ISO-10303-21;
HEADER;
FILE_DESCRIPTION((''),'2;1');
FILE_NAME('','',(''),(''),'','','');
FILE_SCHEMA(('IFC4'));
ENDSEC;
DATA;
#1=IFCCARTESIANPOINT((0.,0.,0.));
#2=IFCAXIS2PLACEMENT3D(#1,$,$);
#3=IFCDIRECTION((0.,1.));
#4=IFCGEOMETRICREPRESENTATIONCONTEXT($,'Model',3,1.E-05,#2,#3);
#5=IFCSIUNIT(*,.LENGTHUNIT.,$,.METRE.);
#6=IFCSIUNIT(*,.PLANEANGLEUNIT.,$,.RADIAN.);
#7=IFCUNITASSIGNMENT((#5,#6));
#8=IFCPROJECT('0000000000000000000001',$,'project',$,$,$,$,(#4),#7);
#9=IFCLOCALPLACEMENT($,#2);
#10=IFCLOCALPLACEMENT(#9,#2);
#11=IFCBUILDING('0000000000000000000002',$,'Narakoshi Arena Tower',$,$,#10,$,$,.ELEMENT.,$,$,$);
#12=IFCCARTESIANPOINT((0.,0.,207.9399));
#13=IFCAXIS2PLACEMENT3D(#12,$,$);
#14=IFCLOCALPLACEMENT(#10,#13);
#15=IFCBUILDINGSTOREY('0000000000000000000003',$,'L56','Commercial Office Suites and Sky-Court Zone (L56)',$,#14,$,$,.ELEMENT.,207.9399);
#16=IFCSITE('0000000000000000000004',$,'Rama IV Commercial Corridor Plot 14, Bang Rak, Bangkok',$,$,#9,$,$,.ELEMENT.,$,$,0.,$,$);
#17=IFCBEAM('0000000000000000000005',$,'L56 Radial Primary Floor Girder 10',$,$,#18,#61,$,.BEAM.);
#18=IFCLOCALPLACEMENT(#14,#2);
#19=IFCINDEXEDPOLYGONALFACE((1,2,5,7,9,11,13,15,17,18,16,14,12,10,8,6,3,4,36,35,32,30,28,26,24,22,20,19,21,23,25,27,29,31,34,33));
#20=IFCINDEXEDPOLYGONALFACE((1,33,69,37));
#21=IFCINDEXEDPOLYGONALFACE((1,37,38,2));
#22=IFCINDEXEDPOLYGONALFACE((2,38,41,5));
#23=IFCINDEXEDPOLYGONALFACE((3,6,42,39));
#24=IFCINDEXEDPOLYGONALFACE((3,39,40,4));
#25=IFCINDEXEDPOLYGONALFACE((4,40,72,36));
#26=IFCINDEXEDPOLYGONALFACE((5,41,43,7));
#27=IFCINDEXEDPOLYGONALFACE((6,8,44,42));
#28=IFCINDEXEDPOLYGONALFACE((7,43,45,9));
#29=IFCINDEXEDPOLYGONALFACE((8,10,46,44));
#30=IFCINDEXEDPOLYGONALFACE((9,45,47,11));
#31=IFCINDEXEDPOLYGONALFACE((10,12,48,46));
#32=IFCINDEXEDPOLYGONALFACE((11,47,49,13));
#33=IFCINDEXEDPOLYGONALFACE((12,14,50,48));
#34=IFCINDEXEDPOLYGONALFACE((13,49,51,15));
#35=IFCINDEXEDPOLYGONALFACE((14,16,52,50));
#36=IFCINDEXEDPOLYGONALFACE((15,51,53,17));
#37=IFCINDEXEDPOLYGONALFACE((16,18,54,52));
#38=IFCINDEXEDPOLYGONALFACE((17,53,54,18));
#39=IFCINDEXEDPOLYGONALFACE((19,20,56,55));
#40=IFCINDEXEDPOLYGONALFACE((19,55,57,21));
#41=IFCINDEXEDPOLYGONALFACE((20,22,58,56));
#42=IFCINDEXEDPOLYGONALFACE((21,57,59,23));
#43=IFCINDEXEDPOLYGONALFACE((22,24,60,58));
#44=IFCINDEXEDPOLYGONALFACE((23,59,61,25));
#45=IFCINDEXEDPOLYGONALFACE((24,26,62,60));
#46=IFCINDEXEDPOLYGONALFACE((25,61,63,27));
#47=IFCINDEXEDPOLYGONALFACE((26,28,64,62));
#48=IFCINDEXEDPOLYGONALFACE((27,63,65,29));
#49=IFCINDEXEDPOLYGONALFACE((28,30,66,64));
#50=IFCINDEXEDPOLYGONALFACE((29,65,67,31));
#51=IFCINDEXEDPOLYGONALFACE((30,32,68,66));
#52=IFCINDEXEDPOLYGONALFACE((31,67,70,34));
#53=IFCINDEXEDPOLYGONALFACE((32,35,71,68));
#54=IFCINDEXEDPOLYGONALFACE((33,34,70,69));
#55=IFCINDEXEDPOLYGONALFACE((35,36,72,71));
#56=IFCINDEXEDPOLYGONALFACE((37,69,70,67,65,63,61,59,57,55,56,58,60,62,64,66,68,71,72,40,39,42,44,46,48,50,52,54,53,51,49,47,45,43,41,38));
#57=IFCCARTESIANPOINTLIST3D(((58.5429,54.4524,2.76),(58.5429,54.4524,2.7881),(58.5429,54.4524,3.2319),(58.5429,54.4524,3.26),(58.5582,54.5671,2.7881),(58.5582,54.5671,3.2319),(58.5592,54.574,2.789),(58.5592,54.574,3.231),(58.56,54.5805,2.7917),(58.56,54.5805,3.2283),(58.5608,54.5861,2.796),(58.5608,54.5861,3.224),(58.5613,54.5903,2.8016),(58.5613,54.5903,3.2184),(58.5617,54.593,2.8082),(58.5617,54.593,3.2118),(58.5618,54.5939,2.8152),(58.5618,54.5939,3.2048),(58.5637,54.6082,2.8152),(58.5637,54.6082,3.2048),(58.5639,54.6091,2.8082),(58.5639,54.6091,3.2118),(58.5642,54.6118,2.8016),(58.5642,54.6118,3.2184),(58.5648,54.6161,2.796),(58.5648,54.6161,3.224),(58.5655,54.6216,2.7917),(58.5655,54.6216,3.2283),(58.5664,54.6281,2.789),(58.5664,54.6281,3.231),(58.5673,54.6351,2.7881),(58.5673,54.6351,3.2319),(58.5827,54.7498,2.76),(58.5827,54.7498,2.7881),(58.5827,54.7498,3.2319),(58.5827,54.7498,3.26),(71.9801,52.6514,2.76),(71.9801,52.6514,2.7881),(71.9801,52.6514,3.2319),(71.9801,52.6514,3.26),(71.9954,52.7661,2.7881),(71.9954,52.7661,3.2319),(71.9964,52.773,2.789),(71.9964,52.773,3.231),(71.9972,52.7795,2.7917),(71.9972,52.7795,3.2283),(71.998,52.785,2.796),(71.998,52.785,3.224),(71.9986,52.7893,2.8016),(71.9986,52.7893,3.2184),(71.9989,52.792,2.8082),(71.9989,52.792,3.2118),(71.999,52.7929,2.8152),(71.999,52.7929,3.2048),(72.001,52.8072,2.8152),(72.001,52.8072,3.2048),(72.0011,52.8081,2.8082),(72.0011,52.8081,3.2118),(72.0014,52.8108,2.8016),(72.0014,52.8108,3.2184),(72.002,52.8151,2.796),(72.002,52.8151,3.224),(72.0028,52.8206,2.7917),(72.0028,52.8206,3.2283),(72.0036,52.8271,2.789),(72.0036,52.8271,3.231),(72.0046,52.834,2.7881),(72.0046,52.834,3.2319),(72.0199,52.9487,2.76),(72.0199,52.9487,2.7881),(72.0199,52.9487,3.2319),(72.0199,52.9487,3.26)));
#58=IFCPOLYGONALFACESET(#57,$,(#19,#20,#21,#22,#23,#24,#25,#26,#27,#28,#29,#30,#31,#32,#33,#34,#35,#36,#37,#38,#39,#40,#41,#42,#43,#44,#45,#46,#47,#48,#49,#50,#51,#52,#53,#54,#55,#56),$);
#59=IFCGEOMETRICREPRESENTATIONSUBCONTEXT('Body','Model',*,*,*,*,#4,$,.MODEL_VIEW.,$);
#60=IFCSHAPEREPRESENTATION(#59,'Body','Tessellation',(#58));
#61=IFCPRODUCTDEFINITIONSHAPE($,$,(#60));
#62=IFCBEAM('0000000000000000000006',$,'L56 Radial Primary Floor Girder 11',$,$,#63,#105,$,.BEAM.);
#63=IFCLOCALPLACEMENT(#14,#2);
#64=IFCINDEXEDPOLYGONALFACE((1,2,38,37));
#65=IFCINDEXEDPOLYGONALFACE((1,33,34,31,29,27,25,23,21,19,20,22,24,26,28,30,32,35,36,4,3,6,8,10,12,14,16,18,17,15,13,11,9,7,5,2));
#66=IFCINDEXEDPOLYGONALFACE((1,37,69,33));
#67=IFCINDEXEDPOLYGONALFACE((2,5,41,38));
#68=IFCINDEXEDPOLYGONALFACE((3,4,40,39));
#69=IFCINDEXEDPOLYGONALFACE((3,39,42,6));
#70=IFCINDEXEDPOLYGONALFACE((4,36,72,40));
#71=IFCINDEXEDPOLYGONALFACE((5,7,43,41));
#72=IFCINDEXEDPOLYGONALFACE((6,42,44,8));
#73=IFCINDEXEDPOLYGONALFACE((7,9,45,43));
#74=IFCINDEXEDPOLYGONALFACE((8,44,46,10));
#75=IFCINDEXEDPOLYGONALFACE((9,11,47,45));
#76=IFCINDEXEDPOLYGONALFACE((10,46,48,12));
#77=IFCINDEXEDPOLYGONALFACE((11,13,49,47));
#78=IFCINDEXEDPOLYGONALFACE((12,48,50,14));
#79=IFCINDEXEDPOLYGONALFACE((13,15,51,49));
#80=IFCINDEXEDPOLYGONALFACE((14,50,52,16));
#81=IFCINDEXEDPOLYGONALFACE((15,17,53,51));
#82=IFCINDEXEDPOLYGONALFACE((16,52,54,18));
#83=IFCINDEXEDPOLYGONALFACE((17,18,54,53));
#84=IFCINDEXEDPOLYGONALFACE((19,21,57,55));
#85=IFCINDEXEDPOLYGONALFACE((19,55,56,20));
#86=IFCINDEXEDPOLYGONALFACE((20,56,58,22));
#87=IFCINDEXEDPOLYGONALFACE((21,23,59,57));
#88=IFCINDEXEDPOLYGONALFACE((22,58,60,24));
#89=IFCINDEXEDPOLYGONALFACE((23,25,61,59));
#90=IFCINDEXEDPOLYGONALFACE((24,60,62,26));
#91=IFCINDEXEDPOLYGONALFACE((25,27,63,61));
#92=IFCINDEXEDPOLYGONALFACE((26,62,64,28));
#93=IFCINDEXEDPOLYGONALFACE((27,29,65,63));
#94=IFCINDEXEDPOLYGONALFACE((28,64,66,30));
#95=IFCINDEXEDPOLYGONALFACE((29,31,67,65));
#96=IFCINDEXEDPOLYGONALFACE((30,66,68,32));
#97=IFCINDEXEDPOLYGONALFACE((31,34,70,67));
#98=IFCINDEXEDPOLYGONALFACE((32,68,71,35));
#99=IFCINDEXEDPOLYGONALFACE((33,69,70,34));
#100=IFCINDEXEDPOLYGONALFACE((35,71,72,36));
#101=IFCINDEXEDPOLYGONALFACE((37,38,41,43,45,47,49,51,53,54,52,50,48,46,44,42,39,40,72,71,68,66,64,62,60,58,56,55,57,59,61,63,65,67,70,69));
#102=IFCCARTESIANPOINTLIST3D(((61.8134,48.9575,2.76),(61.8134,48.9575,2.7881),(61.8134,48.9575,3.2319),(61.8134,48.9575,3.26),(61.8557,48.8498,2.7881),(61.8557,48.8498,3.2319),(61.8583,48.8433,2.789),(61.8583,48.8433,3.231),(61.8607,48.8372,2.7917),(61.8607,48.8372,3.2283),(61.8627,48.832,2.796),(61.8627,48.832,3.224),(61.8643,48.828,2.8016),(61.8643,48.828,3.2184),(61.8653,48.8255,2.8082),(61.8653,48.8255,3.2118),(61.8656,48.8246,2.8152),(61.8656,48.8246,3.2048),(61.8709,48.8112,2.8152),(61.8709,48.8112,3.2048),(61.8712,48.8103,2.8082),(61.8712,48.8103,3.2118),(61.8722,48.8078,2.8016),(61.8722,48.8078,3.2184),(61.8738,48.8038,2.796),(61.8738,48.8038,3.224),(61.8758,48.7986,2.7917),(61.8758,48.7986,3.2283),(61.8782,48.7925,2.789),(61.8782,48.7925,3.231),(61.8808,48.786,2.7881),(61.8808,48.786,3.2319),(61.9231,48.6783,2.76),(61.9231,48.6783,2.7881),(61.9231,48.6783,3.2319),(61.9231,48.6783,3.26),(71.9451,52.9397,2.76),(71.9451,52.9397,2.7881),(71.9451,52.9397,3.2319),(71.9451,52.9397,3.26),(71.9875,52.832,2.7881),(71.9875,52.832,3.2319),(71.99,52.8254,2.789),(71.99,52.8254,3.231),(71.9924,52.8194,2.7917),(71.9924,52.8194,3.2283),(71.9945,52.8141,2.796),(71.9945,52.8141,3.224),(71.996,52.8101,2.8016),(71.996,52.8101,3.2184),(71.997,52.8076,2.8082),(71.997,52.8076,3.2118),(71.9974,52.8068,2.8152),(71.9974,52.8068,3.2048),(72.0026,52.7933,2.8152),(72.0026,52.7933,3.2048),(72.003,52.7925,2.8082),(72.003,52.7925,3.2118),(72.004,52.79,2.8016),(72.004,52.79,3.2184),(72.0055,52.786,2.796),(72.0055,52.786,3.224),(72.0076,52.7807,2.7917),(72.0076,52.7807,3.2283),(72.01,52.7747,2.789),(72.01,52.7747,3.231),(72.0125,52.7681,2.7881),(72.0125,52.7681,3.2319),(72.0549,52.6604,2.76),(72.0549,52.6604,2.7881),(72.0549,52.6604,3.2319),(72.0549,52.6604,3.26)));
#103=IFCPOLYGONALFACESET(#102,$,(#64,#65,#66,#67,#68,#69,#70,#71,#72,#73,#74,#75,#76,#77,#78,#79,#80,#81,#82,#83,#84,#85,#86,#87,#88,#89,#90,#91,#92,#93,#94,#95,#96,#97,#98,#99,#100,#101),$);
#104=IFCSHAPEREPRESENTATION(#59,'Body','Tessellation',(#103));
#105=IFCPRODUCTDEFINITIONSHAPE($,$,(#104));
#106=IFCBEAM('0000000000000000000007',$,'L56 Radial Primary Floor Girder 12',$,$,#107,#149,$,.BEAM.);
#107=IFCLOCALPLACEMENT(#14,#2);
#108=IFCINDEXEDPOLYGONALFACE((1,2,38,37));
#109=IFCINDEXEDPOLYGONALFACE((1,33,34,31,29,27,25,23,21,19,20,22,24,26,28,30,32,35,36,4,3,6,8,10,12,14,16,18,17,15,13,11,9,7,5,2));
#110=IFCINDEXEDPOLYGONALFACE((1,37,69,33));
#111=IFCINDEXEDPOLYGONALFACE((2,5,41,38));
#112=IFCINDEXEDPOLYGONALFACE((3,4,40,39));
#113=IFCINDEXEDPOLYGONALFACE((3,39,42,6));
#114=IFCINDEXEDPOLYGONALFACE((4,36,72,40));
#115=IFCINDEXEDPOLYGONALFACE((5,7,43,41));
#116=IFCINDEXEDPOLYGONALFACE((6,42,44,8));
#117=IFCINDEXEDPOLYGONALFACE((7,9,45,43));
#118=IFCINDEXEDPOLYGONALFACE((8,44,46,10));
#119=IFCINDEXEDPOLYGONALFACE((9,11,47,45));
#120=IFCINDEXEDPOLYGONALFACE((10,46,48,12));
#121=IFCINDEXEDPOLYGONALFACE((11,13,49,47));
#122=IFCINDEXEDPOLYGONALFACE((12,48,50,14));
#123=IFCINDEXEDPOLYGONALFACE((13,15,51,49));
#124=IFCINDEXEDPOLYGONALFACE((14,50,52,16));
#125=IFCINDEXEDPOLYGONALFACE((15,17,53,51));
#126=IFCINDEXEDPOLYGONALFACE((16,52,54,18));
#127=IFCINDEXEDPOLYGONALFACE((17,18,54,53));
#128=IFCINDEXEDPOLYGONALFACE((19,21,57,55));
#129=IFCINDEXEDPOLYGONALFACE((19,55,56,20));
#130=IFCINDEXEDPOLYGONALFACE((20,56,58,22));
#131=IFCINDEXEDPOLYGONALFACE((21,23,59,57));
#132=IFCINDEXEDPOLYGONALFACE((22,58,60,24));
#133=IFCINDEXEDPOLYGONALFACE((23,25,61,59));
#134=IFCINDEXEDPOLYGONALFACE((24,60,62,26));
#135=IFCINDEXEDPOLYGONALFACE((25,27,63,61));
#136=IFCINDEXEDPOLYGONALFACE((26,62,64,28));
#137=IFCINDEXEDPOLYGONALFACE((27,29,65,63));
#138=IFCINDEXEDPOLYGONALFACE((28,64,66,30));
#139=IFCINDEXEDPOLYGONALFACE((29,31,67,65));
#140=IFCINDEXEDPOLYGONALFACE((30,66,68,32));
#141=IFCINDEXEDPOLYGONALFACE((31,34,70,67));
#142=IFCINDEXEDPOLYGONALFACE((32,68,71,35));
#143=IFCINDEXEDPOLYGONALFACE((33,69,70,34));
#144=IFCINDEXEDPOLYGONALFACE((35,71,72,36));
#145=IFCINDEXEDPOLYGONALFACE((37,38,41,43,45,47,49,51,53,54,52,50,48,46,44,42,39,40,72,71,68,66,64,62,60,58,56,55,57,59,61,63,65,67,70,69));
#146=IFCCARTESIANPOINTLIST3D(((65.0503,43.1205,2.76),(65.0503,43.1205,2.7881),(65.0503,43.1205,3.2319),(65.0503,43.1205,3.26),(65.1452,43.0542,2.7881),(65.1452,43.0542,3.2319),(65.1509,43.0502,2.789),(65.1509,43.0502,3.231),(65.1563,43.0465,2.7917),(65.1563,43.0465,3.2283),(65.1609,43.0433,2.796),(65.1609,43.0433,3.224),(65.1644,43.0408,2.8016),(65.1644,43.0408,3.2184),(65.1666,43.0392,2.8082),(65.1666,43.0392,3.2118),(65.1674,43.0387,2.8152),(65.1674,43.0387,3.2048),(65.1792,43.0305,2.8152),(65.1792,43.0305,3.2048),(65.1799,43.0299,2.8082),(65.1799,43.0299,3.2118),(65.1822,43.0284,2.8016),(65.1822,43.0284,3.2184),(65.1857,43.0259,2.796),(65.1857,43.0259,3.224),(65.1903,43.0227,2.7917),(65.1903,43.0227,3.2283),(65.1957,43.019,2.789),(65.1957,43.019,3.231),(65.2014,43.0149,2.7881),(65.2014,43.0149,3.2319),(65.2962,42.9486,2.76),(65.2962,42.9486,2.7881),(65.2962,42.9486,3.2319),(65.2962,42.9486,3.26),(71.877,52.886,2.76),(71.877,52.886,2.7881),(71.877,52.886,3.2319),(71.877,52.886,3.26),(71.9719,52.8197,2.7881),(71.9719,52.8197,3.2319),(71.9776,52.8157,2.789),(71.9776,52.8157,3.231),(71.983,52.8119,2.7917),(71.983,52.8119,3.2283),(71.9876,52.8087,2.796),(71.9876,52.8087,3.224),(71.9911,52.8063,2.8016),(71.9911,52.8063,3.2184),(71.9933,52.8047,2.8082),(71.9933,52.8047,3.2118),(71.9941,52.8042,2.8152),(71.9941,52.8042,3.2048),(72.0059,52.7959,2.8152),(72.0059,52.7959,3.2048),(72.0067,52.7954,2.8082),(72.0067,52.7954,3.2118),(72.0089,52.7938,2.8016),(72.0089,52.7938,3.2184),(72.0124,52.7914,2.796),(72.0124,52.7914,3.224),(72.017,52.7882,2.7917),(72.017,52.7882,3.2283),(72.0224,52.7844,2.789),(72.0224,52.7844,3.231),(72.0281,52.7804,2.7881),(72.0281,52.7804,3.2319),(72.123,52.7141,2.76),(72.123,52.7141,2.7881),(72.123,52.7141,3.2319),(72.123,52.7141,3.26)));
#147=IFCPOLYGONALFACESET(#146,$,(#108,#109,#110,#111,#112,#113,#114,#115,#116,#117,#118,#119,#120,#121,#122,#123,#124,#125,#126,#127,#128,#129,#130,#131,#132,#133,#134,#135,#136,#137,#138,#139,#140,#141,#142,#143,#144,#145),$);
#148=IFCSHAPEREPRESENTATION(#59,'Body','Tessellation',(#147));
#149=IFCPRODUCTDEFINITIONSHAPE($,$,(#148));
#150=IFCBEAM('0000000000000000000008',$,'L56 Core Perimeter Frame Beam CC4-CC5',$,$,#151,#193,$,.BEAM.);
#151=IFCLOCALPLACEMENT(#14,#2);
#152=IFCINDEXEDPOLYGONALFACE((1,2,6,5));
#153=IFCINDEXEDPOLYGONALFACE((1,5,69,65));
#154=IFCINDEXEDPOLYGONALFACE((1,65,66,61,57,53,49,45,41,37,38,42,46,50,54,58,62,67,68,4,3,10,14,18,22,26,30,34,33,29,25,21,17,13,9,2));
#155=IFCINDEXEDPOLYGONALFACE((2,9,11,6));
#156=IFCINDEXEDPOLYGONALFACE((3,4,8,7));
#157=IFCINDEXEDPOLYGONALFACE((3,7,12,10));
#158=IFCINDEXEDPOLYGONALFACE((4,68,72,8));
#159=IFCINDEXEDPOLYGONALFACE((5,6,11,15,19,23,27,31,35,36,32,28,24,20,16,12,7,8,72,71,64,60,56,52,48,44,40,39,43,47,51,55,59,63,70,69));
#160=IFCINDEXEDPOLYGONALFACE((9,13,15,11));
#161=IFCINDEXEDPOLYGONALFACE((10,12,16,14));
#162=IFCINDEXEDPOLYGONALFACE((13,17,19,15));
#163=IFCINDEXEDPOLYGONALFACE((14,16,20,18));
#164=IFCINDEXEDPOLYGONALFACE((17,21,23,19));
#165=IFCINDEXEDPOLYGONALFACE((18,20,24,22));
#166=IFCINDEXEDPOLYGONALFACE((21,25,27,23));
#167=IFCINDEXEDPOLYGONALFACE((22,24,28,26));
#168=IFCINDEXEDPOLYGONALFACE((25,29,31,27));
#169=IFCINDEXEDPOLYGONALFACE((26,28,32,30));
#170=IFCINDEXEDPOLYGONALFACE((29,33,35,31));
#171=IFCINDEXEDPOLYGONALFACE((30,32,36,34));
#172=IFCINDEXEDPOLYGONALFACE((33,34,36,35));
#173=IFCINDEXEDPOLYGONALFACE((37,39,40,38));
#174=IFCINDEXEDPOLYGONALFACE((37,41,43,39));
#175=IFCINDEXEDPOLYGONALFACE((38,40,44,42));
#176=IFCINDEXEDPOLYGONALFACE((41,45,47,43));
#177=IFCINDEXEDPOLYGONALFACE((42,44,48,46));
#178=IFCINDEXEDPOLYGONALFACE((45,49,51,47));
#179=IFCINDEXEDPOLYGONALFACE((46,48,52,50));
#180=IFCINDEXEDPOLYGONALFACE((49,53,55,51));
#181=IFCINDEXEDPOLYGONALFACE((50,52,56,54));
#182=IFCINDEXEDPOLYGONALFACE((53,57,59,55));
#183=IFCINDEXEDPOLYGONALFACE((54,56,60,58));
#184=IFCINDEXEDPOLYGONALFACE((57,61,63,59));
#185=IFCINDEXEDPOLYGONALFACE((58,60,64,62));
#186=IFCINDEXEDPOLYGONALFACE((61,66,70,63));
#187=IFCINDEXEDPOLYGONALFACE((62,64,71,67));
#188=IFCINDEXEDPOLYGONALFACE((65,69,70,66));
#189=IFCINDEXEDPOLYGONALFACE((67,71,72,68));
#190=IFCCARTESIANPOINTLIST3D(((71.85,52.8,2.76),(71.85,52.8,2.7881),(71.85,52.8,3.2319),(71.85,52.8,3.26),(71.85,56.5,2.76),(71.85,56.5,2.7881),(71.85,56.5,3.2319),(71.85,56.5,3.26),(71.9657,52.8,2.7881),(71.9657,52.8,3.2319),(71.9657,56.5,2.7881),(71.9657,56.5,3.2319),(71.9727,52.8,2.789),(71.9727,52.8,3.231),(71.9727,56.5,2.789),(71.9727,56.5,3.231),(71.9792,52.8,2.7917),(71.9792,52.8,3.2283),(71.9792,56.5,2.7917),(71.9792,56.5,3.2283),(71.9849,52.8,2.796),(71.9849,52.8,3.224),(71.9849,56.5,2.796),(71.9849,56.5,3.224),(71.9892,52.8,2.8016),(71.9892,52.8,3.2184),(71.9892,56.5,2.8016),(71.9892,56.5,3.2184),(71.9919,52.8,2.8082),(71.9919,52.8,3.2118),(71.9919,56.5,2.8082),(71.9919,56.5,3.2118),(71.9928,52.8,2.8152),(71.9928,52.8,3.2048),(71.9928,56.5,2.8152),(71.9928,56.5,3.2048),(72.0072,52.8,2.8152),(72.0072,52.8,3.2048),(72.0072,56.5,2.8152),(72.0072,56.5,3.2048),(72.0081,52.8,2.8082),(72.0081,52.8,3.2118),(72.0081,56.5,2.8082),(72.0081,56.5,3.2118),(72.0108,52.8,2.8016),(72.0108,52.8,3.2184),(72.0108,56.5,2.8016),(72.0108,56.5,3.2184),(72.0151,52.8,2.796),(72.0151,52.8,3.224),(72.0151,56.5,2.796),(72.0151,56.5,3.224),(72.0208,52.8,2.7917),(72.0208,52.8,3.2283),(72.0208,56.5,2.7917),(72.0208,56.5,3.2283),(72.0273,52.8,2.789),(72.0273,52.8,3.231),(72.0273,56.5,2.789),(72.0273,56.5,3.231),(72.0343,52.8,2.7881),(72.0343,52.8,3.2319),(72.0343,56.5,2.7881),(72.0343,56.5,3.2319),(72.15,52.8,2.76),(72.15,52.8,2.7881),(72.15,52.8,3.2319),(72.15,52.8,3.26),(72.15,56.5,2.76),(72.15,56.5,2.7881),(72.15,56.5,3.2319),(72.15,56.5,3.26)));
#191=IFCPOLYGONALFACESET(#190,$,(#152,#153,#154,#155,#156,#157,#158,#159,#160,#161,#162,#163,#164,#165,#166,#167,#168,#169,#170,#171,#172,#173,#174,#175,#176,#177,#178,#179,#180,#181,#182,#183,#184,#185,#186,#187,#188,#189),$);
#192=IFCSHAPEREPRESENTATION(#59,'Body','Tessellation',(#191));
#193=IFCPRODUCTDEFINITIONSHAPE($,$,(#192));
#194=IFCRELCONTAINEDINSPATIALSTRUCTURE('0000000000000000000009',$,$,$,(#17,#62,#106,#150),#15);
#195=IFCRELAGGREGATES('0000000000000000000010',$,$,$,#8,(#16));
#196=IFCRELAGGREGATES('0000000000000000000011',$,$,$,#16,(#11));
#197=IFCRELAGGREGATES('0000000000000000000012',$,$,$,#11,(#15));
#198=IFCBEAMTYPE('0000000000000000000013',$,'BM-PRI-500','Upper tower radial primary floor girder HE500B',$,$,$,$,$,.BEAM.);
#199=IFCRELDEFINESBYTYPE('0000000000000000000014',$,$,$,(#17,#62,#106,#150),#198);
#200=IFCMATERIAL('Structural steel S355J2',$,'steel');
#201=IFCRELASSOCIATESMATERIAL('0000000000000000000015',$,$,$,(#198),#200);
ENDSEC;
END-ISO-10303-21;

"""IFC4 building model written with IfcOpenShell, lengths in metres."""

from ifc_helpers import new_model, si_unit, direction, frame, origin, origin_2d, place, context, subcontext, project, spatial, i_section, extrude, material, material_profile, profile_set, type_object, element, save


model = new_model("IFC4")

# Units and contexts
model_context = context("Model", 3, precision=1e-05, world=origin(), true_north=direction((0.0, 1.0)))
body_context = subcontext(model_context, "Body", "Model", "MODEL_VIEW")
ifc_project = project(units=[si_unit("LENGTHUNIT", "METRE"), si_unit("PLANEANGLEUNIT", "RADIAN")], contexts=[model_context])

# Site, building, storey
site_placement = place(None, origin())
site = spatial("IfcSite", under=ifc_project, at=site_placement, Name="Rama IV Commercial Corridor Plot 14, Bang Rak, Bangkok", CompositionType="ELEMENT", RefElevation=0.0)
building_placement = place(site_placement, origin())
building = spatial("IfcBuilding", under=site, at=building_placement, Name="Narakoshi Arena Tower", CompositionType="ELEMENT")
storey_placement = place(building_placement, frame((0.0, 0.0, 207.9399)))
storey = spatial("IfcBuildingStorey", under=building, at=storey_placement, Name="L56", Description="Commercial Office Suites and Sky-Court Zone (L56)", CompositionType="ELEMENT", Elevation=207.9399)

# Beams
ifc_material_1 = material(Name="Structural steel S355J2", Category="steel")
ifc_material_profile = material_profile(ifc_material_1, i_section(OverallWidth=0.3, OverallDepth=0.5, WebThickness=0.0144, FlangeThickness=0.0281, FilletRadius=0.0271, at=origin_2d()), Name="HE500B")
ifc_profile_set = profile_set([ifc_material_profile], Name="Structural steel S355J2")
beam_type = type_object("IfcBeamType", Name="BM-PRI-500", Description="Upper tower radial primary floor girder HE500B", PredefinedType="BEAM", material=ifc_profile_set)
beam_1_placement = place(storey_placement, frame((72.0, 52.8, 3.01), z_axis=(-0.991137, 0.132844, 0.0), x_axis=(-0.132844, -0.991137, 0.0)))
element("IfcBeam", 1, at=beam_1_placement, inside=storey, type_object=beam_type, Name="L56 Radial Primary Floor Girder 10", PredefinedType="BEAM", context=body_context, shape_type="SweptSolid", body=[
    extrude(i_section(OverallWidth=0.3, OverallDepth=0.5, WebThickness=0.0144, FlangeThickness=0.0281, FilletRadius=0.0271, at=origin_2d()), origin(), (0.0, 0.0, 1.0), 13.5574),
])
beam_2_placement = place(storey_placement, frame((72.0, 52.8, 3.01), z_axis=(-0.930695, -0.365797, 0.0), x_axis=(0.365797, -0.930695, 0.0)))
element("IfcBeam", 2, at=beam_2_placement, inside=storey, type_object=beam_type, Name="L56 Radial Primary Floor Girder 11", PredefinedType="BEAM", context=body_context, shape_type="SweptSolid", body=[
    extrude(i_section(OverallWidth=0.3, OverallDepth=0.5, WebThickness=0.0144, FlangeThickness=0.0281, FilletRadius=0.0271, at=origin_2d()), origin(), (0.0, 0.0, 1.0), 10.8862),
])
beam_3_placement = place(storey_placement, frame((72.0, 52.8, 3.01), z_axis=(-0.572949, -0.819591, 0.0), x_axis=(0.819591, -0.572949, 0.0)))
element("IfcBeam", 3, at=beam_3_placement, inside=storey, type_object=beam_type, Name="L56 Radial Primary Floor Girder 12", PredefinedType="BEAM", context=body_context, shape_type="SweptSolid", body=[
    extrude(i_section(OverallWidth=0.3, OverallDepth=0.5, WebThickness=0.0144, FlangeThickness=0.0281, FilletRadius=0.0271, at=origin_2d()), origin(), (0.0, 0.0, 1.0), 11.915),
])
beam_4_placement = place(storey_placement, frame((72.0, 52.8, 3.01), z_axis=(0.0, 1.0, 0.0), x_axis=(-1.0, 0.0, 0.0)))
element("IfcBeam", 4, at=beam_4_placement, inside=storey, type_object=beam_type, Name="L56 Core Perimeter Frame Beam CC4-CC5", PredefinedType="BEAM", context=body_context, shape_type="SweptSolid", body=[
    extrude(i_section(OverallWidth=0.3, OverallDepth=0.5, WebThickness=0.0144, FlangeThickness=0.0281, FilletRadius=0.0271, at=origin_2d()), origin(), (0.0, 0.0, 1.0), 3.7),
])

save(model, "model.ifc")
